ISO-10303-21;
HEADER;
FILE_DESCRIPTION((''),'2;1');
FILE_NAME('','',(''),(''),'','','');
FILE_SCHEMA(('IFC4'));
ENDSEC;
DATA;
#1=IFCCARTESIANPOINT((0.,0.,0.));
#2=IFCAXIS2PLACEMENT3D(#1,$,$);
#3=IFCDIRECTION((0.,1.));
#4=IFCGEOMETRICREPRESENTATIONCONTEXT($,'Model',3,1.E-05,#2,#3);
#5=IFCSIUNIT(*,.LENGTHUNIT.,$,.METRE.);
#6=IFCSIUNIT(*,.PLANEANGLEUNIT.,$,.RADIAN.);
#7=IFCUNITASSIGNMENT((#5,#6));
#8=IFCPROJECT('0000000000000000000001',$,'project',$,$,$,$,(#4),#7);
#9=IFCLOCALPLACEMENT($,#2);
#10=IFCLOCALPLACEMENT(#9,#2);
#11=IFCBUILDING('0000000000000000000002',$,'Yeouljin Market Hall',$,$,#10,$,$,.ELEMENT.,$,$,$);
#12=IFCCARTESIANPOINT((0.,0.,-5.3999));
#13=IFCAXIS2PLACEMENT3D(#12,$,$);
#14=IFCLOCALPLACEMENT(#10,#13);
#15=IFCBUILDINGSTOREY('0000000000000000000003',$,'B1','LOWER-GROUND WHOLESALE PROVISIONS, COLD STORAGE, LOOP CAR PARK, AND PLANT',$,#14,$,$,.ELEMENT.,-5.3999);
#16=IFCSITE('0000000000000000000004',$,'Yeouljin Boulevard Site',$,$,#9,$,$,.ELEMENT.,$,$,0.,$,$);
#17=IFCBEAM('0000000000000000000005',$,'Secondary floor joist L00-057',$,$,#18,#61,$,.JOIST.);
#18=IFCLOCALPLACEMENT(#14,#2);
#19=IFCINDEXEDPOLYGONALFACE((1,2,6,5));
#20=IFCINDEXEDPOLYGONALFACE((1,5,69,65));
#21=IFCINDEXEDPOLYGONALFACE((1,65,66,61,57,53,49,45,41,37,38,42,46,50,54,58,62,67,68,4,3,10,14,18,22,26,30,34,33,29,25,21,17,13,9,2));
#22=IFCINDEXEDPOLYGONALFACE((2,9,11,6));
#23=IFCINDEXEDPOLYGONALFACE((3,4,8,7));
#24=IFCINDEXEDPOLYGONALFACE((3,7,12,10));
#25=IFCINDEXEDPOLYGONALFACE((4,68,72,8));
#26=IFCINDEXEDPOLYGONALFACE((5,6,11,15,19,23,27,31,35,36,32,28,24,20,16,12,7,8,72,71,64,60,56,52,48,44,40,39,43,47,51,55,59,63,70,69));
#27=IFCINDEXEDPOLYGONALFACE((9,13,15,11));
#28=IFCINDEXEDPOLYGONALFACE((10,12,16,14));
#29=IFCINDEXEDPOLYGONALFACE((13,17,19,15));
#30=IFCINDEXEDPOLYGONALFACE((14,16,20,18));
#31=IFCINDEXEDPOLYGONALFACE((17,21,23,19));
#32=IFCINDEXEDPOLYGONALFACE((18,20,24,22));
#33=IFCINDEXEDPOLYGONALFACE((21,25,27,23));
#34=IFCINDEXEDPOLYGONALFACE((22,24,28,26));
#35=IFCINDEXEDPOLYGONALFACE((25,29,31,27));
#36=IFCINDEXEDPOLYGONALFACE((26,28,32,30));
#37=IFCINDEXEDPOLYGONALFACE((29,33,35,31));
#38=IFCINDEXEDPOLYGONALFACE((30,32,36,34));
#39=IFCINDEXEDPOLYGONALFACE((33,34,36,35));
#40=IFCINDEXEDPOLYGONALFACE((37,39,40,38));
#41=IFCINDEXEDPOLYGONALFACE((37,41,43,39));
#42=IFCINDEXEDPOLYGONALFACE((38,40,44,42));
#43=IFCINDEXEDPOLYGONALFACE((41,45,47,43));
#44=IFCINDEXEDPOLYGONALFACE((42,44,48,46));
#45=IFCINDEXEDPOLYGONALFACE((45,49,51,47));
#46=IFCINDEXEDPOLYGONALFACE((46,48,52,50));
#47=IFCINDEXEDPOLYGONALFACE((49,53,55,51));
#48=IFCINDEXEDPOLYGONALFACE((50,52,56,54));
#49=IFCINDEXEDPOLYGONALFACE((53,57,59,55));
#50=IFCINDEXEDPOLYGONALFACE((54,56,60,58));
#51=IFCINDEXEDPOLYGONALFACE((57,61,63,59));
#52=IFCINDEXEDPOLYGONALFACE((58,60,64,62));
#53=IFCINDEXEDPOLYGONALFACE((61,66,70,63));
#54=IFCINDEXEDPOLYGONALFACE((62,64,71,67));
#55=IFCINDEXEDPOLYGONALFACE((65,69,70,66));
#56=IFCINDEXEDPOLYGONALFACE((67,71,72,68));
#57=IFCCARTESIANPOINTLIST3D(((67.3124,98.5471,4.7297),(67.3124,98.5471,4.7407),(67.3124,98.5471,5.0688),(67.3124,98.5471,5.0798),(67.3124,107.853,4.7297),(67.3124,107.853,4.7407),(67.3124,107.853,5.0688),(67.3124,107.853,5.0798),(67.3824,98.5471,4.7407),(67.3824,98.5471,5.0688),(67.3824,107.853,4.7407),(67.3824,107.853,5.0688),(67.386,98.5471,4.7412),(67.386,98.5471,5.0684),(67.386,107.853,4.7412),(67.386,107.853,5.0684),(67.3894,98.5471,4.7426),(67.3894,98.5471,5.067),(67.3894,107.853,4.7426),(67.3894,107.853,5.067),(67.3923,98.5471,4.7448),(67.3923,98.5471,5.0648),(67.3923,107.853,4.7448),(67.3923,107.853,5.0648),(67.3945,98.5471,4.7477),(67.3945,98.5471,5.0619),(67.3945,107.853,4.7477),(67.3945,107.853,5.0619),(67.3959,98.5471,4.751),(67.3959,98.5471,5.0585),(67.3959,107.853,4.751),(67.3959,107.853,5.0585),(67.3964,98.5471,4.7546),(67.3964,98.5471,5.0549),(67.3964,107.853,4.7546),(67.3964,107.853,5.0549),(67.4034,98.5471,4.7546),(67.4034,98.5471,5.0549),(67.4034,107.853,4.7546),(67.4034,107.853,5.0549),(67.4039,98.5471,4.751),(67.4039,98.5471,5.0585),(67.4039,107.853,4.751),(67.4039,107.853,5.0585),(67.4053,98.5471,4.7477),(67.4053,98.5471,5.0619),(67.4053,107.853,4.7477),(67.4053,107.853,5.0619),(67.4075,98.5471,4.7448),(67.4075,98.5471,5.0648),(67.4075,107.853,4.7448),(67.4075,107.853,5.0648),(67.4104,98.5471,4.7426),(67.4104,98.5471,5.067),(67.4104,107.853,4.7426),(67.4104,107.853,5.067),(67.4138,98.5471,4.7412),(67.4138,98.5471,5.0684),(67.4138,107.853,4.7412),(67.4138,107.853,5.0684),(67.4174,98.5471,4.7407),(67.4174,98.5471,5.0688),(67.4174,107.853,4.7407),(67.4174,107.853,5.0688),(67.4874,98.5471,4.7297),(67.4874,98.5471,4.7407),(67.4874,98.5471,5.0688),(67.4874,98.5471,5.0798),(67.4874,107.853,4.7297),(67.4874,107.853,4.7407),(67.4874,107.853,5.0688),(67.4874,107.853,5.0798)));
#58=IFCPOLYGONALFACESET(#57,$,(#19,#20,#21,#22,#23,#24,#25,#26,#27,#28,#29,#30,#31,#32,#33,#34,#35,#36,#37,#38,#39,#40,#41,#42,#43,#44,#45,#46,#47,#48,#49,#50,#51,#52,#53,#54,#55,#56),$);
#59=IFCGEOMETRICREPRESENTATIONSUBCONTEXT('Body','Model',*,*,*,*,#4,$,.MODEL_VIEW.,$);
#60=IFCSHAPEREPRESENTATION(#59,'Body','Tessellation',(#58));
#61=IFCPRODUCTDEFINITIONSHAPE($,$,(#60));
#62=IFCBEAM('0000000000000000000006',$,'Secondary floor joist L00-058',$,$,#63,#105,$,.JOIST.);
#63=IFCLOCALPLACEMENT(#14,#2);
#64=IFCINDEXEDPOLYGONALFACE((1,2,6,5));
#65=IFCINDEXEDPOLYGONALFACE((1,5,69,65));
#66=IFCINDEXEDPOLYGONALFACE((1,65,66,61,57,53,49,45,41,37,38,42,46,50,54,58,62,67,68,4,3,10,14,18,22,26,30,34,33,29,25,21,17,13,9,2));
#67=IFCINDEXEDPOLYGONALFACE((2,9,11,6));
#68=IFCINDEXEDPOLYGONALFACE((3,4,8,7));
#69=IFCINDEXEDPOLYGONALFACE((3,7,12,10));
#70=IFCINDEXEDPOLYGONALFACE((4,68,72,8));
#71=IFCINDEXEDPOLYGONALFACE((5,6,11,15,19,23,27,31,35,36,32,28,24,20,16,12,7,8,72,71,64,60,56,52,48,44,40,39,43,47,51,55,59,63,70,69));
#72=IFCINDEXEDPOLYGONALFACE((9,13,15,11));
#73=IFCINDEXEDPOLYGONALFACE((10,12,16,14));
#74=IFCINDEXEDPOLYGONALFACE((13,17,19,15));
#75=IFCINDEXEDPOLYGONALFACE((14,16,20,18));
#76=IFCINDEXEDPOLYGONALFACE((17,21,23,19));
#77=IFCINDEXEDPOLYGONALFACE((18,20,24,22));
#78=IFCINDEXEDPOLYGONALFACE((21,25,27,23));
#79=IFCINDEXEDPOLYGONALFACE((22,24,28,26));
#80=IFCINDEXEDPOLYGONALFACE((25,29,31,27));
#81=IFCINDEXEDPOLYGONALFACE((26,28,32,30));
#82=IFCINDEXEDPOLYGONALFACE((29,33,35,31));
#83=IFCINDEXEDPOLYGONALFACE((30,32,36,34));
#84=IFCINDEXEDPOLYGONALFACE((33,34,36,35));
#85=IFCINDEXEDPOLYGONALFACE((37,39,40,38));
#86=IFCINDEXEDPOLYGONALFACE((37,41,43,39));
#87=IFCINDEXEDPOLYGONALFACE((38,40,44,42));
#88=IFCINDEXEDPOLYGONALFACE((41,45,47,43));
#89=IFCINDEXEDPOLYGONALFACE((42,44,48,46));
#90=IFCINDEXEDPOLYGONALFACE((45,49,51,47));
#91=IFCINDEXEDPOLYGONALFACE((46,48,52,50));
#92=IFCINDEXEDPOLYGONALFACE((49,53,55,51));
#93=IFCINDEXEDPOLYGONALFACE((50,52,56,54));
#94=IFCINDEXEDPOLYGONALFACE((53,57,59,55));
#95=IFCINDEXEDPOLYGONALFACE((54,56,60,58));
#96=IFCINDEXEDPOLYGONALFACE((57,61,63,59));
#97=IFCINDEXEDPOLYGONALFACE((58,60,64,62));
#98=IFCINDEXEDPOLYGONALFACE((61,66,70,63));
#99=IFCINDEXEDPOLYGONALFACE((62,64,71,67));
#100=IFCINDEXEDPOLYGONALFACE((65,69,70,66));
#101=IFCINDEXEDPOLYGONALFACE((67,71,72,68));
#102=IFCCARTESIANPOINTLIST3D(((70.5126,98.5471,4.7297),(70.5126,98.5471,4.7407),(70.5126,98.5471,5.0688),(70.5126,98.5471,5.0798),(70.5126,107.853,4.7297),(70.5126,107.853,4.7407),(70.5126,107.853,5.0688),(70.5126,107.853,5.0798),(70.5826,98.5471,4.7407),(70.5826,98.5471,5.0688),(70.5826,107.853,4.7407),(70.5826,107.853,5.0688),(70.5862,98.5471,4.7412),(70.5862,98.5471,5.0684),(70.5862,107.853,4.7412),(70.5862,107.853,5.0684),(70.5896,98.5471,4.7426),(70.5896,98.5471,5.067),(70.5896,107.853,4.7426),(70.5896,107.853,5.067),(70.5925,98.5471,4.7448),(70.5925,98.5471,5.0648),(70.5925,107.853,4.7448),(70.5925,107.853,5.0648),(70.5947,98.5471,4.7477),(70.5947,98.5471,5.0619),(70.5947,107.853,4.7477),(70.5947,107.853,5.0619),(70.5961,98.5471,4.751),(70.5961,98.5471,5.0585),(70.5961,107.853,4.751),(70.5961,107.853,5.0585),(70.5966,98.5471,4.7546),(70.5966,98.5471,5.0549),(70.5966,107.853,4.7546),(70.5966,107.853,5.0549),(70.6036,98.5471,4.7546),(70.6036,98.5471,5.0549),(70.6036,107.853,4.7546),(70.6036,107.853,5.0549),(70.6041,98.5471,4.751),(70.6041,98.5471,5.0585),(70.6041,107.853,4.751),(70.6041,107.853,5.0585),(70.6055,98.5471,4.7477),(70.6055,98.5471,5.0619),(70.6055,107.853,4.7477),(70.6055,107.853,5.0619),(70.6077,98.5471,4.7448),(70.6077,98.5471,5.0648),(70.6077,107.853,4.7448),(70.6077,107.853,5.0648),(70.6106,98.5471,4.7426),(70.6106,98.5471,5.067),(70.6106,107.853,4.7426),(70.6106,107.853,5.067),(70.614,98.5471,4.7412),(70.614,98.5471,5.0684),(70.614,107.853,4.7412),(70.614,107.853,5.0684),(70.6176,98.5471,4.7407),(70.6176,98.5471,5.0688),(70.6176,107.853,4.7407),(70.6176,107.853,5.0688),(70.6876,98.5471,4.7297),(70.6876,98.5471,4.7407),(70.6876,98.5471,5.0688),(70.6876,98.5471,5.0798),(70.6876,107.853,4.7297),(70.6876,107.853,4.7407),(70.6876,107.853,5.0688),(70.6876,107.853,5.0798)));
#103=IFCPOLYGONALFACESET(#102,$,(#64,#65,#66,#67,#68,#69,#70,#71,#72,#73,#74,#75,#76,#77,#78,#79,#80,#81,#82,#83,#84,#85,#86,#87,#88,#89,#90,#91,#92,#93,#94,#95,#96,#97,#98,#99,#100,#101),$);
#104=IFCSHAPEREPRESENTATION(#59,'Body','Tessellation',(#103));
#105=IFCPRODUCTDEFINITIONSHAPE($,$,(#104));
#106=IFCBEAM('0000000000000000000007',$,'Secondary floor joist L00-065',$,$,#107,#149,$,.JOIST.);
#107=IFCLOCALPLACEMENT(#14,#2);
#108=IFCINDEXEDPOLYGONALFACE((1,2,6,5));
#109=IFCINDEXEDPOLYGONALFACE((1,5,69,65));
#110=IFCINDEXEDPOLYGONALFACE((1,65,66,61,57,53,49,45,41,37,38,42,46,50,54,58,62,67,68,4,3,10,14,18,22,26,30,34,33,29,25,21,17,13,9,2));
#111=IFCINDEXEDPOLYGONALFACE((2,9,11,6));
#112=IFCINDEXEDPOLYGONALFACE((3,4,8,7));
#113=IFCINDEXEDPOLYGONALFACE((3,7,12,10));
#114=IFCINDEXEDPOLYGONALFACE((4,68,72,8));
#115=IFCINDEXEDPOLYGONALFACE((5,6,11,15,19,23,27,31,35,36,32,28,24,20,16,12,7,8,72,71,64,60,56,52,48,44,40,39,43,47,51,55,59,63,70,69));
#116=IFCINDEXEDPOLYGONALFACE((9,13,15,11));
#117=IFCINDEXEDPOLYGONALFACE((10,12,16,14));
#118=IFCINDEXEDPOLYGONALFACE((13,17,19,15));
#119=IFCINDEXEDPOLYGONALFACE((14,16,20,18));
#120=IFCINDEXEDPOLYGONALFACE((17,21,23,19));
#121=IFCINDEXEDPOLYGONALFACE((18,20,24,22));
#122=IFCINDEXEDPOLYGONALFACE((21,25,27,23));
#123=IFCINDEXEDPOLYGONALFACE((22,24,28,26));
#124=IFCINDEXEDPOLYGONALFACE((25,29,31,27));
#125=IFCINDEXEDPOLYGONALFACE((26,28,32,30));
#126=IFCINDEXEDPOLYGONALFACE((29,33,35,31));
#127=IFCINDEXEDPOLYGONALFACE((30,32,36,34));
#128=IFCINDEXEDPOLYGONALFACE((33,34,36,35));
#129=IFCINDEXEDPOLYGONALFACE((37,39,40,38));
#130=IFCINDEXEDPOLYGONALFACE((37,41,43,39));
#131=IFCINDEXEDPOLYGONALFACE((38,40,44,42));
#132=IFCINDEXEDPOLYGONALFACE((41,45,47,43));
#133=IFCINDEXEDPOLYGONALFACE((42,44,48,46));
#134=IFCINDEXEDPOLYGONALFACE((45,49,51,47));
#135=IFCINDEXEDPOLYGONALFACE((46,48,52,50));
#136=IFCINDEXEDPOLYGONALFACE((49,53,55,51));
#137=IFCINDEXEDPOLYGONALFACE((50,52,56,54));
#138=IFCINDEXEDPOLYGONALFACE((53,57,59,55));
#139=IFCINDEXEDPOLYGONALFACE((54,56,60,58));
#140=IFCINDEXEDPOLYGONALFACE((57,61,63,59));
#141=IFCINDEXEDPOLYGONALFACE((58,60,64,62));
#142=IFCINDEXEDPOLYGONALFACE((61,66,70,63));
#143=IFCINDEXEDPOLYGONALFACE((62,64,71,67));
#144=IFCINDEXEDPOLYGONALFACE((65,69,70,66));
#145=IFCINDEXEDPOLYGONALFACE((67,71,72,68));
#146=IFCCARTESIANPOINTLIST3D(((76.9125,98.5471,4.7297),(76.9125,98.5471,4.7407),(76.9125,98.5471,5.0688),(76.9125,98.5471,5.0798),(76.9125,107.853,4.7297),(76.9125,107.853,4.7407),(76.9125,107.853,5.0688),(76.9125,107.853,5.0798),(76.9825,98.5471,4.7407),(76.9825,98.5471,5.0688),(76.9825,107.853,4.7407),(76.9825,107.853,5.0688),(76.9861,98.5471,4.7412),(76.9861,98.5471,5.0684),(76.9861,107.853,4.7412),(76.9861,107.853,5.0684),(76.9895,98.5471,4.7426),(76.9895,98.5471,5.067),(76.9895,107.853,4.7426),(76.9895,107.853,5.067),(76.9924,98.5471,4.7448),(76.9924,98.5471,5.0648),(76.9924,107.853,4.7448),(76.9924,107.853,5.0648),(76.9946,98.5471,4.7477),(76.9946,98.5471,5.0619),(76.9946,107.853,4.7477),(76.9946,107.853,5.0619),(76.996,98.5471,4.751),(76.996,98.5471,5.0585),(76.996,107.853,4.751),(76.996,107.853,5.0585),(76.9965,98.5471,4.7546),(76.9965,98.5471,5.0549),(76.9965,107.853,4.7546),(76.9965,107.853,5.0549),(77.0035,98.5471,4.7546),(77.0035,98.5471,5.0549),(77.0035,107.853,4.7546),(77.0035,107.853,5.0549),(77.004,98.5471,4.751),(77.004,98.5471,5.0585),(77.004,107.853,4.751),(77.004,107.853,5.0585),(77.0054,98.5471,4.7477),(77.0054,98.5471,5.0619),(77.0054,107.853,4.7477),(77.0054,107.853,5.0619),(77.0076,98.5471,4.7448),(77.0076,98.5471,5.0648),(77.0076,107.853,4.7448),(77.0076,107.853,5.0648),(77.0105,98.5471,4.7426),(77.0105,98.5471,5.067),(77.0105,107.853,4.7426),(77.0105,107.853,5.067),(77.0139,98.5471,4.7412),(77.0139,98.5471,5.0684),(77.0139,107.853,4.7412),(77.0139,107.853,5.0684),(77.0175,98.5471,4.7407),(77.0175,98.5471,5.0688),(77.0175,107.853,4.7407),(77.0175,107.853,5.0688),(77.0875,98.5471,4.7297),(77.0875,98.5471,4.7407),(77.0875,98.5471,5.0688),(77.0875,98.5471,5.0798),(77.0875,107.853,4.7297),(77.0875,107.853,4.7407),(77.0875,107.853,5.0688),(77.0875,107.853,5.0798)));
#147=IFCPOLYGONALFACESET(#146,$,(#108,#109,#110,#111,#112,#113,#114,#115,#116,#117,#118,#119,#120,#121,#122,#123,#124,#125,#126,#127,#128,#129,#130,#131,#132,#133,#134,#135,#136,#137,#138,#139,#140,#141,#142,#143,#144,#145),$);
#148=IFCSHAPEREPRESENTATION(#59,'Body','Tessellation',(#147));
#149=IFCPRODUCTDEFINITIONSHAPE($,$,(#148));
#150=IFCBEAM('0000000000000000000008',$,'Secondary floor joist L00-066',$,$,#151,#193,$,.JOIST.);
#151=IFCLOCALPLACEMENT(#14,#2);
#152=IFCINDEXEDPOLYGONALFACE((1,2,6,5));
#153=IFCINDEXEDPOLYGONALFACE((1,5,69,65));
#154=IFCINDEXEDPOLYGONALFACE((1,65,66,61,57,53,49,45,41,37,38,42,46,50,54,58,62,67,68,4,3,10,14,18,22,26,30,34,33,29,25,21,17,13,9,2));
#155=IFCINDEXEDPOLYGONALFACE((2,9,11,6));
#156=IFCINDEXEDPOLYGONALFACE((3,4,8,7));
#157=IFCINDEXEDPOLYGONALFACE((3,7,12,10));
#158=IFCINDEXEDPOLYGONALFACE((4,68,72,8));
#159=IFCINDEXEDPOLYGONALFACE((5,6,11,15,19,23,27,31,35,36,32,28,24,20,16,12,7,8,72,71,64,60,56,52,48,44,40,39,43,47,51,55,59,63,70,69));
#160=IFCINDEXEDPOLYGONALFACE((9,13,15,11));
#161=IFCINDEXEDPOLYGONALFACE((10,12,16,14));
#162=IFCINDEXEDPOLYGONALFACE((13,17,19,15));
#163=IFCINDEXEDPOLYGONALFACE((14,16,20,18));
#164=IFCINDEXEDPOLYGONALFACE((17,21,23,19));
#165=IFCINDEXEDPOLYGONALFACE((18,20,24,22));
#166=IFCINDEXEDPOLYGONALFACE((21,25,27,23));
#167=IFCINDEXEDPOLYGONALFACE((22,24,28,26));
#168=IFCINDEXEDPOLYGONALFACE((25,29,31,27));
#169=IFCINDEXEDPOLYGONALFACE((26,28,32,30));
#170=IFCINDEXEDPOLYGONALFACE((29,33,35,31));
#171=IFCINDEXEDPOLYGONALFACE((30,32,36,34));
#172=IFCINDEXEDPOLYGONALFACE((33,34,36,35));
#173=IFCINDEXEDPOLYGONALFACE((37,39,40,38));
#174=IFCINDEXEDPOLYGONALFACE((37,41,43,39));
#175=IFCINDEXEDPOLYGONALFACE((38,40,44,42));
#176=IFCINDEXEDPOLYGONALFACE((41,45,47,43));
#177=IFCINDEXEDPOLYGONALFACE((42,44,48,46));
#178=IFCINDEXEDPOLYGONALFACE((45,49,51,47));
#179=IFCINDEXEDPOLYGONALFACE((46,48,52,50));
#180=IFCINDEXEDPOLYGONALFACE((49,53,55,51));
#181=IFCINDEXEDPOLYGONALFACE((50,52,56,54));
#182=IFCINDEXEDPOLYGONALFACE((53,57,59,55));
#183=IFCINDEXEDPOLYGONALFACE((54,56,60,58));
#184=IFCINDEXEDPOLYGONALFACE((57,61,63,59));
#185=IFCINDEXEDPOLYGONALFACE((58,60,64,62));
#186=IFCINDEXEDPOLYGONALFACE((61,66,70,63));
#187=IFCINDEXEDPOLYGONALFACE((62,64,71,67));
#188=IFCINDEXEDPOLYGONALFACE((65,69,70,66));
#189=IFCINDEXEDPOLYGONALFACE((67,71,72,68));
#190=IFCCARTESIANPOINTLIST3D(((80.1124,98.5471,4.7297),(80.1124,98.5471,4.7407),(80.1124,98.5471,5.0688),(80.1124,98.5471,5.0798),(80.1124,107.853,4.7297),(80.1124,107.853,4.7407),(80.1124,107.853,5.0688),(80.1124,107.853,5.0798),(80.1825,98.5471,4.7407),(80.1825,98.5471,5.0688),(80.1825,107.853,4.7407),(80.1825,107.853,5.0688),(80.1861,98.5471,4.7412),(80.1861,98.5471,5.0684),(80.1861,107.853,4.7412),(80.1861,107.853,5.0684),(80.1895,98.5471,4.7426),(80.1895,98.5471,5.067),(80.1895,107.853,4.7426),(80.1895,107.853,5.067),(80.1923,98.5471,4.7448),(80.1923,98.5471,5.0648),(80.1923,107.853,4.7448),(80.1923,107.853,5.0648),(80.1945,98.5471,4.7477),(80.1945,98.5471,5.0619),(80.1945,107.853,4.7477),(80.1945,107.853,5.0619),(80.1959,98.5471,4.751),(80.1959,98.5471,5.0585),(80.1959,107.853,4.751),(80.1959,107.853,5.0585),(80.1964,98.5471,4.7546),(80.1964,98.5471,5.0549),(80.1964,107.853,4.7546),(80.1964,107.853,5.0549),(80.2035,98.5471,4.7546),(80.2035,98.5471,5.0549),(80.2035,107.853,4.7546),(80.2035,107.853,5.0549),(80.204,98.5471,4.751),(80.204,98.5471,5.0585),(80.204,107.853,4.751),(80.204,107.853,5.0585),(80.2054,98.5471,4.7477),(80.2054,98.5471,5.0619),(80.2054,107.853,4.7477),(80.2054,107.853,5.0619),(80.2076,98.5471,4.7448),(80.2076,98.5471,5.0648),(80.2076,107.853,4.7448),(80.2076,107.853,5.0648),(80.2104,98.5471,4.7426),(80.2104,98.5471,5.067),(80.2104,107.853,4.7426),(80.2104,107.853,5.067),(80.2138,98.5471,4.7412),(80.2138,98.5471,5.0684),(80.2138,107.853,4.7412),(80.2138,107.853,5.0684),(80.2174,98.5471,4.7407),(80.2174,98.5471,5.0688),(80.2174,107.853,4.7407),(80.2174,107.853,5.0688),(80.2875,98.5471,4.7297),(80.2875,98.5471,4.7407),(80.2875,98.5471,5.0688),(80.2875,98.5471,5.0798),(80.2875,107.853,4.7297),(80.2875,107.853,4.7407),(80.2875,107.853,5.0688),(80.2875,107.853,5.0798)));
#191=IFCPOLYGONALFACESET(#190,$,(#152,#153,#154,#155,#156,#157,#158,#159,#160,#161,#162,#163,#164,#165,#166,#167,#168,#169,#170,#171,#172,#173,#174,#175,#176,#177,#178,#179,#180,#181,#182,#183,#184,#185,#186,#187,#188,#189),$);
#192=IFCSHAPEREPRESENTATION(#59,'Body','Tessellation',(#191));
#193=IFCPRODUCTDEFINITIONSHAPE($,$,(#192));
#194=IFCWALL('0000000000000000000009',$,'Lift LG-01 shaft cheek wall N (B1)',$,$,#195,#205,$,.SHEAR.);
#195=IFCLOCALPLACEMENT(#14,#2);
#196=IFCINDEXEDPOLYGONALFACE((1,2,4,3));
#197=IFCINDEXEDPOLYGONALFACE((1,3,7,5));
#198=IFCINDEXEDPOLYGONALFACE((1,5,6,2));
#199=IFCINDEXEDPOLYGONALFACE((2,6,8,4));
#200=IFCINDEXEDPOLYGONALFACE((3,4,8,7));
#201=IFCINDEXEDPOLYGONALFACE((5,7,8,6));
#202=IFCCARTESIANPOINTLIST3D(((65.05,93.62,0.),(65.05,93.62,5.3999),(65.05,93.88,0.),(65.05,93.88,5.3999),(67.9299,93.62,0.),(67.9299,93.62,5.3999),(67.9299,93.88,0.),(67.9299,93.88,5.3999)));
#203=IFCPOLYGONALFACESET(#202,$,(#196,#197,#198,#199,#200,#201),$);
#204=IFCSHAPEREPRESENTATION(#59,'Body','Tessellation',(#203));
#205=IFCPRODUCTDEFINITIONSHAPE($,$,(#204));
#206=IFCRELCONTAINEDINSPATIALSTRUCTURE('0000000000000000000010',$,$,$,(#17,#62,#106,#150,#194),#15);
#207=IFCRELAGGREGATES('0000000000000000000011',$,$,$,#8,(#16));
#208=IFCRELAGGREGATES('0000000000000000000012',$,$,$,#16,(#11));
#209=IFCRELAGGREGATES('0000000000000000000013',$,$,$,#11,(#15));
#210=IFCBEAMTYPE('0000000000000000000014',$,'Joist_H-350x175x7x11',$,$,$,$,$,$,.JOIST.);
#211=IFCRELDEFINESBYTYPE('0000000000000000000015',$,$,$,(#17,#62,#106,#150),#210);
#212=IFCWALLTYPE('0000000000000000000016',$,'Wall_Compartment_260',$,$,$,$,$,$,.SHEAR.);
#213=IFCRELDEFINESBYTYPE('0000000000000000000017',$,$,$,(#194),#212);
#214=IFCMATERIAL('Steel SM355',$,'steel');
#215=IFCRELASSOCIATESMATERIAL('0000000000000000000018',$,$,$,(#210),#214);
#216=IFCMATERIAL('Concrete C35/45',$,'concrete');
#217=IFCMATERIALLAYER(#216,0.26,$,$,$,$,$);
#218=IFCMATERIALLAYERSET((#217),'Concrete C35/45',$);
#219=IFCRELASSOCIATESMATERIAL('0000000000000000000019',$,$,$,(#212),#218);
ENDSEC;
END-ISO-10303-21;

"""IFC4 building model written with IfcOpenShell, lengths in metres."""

from ifc_helpers import new_model, si_unit, direction, frame, frame_2d, origin, origin_2d, place, context, subcontext, project, spatial, rectangle, i_section, extrude, material, layer, layer_set, material_profile, profile_set, type_object, element, save


model = new_model("IFC4")

# Units and contexts
model_context = context("Model", 3, precision=1e-05, world=origin(), true_north=direction((0.0, 1.0)))
body_context = subcontext(model_context, "Body", "Model", "MODEL_VIEW")
ifc_project = project(units=[si_unit("LENGTHUNIT", "METRE"), si_unit("PLANEANGLEUNIT", "RADIAN")], contexts=[model_context])

# Site, building, storey
site_placement = place(None, origin())
site = spatial("IfcSite", under=ifc_project, at=site_placement, Name="Yeouljin Boulevard Site", CompositionType="ELEMENT", RefElevation=0.0)
building_placement = place(site_placement, origin())
building = spatial("IfcBuilding", under=site, at=building_placement, Name="Yeouljin Market Hall", CompositionType="ELEMENT")
storey_placement = place(building_placement, frame((0.0, 0.0, -5.3999)))
storey = spatial("IfcBuildingStorey", under=building, at=storey_placement, Name="B1", Description="LOWER-GROUND WHOLESALE PROVISIONS, COLD STORAGE, LOOP CAR PARK, AND PLANT", CompositionType="ELEMENT", Elevation=-5.3999)

# Beams
ifc_material_1 = material(Name="Steel SM355", Category="steel")
ifc_material_profile_1 = material_profile(ifc_material_1, i_section(OverallWidth=0.175, OverallDepth=0.3501, WebThickness=0.0071, FlangeThickness=0.011, FilletRadius=0.0139, at=origin_2d()), Name="H-350x175x7x11")
ifc_profile_set_1 = profile_set([ifc_material_profile_1], Name="Steel SM355")
beam_type_1 = type_object("IfcBeamType", Name="Joist_H-350x175x7x11", PredefinedType="JOIST", material=ifc_profile_set_1)
for number, where, z_axis, x_axis, name in (
    (1, (67.3999, 98.5471, 4.9048), (0.0, 1.0, 0.0), (-1.0, 0.0, 0.0), "Secondary floor joist L00-057"),
    (2, (70.6001, 98.5471, 4.9048), (0.0, 1.0, 0.0), (-1.0, 0.0, 0.0), "Secondary floor joist L00-058"),
    (3, (77.0, 98.5471, 4.9048), (0.0, 1.0, 0.0), (-1.0, 0.0, 0.0), "Secondary floor joist L00-065"),
    (4, (80.2, 98.5471, 4.9048), (0.0, 1.0, 0.0), (-1.0, 0.0, 0.0), "Secondary floor joist L00-066"),
):
    element("IfcBeam", number, at=place(storey_placement, frame(where, z_axis=z_axis, x_axis=x_axis)), inside=storey, type_object=beam_type_1, Name=name, PredefinedType="JOIST", context=body_context, shape_type="SweptSolid", body=[
        extrude(i_section(OverallWidth=0.175, OverallDepth=0.3501, WebThickness=0.0071, FlangeThickness=0.011, FilletRadius=0.0139, at=origin_2d()), origin(), (0.0, 0.0, 1.0), 9.3059),
    ])

# Wall
ifc_material_2 = material(Name="Concrete C35/45", Category="concrete")
ifc_layer_1 = layer(ifc_material_2, 0.26)
ifc_layer_set_1 = layer_set([ifc_layer_1], Name="Concrete C35/45")
wall_type_1 = type_object("IfcWallType", Name="Wall_Compartment_260", PredefinedType="SHEAR", material=ifc_layer_set_1)
wall_1_placement = place(storey_placement, frame((65.05, 93.75, 0.0), z_axis=(0.0, 0.0, 1.0), x_axis=(1.0, 0.0, 0.0)))
element("IfcWall", 5, at=wall_1_placement, inside=storey, type_object=wall_type_1, Name="Lift LG-01 shaft cheek wall N (B1)", PredefinedType="SHEAR", context=body_context, shape_type="SweptSolid", body=[
    extrude(rectangle(XDim=2.8799, YDim=0.26, at=frame_2d((1.4399, 0.0))), origin(), (0.0, 0.0, 1.0), 5.3999),
])

save(model, "model.ifc")
